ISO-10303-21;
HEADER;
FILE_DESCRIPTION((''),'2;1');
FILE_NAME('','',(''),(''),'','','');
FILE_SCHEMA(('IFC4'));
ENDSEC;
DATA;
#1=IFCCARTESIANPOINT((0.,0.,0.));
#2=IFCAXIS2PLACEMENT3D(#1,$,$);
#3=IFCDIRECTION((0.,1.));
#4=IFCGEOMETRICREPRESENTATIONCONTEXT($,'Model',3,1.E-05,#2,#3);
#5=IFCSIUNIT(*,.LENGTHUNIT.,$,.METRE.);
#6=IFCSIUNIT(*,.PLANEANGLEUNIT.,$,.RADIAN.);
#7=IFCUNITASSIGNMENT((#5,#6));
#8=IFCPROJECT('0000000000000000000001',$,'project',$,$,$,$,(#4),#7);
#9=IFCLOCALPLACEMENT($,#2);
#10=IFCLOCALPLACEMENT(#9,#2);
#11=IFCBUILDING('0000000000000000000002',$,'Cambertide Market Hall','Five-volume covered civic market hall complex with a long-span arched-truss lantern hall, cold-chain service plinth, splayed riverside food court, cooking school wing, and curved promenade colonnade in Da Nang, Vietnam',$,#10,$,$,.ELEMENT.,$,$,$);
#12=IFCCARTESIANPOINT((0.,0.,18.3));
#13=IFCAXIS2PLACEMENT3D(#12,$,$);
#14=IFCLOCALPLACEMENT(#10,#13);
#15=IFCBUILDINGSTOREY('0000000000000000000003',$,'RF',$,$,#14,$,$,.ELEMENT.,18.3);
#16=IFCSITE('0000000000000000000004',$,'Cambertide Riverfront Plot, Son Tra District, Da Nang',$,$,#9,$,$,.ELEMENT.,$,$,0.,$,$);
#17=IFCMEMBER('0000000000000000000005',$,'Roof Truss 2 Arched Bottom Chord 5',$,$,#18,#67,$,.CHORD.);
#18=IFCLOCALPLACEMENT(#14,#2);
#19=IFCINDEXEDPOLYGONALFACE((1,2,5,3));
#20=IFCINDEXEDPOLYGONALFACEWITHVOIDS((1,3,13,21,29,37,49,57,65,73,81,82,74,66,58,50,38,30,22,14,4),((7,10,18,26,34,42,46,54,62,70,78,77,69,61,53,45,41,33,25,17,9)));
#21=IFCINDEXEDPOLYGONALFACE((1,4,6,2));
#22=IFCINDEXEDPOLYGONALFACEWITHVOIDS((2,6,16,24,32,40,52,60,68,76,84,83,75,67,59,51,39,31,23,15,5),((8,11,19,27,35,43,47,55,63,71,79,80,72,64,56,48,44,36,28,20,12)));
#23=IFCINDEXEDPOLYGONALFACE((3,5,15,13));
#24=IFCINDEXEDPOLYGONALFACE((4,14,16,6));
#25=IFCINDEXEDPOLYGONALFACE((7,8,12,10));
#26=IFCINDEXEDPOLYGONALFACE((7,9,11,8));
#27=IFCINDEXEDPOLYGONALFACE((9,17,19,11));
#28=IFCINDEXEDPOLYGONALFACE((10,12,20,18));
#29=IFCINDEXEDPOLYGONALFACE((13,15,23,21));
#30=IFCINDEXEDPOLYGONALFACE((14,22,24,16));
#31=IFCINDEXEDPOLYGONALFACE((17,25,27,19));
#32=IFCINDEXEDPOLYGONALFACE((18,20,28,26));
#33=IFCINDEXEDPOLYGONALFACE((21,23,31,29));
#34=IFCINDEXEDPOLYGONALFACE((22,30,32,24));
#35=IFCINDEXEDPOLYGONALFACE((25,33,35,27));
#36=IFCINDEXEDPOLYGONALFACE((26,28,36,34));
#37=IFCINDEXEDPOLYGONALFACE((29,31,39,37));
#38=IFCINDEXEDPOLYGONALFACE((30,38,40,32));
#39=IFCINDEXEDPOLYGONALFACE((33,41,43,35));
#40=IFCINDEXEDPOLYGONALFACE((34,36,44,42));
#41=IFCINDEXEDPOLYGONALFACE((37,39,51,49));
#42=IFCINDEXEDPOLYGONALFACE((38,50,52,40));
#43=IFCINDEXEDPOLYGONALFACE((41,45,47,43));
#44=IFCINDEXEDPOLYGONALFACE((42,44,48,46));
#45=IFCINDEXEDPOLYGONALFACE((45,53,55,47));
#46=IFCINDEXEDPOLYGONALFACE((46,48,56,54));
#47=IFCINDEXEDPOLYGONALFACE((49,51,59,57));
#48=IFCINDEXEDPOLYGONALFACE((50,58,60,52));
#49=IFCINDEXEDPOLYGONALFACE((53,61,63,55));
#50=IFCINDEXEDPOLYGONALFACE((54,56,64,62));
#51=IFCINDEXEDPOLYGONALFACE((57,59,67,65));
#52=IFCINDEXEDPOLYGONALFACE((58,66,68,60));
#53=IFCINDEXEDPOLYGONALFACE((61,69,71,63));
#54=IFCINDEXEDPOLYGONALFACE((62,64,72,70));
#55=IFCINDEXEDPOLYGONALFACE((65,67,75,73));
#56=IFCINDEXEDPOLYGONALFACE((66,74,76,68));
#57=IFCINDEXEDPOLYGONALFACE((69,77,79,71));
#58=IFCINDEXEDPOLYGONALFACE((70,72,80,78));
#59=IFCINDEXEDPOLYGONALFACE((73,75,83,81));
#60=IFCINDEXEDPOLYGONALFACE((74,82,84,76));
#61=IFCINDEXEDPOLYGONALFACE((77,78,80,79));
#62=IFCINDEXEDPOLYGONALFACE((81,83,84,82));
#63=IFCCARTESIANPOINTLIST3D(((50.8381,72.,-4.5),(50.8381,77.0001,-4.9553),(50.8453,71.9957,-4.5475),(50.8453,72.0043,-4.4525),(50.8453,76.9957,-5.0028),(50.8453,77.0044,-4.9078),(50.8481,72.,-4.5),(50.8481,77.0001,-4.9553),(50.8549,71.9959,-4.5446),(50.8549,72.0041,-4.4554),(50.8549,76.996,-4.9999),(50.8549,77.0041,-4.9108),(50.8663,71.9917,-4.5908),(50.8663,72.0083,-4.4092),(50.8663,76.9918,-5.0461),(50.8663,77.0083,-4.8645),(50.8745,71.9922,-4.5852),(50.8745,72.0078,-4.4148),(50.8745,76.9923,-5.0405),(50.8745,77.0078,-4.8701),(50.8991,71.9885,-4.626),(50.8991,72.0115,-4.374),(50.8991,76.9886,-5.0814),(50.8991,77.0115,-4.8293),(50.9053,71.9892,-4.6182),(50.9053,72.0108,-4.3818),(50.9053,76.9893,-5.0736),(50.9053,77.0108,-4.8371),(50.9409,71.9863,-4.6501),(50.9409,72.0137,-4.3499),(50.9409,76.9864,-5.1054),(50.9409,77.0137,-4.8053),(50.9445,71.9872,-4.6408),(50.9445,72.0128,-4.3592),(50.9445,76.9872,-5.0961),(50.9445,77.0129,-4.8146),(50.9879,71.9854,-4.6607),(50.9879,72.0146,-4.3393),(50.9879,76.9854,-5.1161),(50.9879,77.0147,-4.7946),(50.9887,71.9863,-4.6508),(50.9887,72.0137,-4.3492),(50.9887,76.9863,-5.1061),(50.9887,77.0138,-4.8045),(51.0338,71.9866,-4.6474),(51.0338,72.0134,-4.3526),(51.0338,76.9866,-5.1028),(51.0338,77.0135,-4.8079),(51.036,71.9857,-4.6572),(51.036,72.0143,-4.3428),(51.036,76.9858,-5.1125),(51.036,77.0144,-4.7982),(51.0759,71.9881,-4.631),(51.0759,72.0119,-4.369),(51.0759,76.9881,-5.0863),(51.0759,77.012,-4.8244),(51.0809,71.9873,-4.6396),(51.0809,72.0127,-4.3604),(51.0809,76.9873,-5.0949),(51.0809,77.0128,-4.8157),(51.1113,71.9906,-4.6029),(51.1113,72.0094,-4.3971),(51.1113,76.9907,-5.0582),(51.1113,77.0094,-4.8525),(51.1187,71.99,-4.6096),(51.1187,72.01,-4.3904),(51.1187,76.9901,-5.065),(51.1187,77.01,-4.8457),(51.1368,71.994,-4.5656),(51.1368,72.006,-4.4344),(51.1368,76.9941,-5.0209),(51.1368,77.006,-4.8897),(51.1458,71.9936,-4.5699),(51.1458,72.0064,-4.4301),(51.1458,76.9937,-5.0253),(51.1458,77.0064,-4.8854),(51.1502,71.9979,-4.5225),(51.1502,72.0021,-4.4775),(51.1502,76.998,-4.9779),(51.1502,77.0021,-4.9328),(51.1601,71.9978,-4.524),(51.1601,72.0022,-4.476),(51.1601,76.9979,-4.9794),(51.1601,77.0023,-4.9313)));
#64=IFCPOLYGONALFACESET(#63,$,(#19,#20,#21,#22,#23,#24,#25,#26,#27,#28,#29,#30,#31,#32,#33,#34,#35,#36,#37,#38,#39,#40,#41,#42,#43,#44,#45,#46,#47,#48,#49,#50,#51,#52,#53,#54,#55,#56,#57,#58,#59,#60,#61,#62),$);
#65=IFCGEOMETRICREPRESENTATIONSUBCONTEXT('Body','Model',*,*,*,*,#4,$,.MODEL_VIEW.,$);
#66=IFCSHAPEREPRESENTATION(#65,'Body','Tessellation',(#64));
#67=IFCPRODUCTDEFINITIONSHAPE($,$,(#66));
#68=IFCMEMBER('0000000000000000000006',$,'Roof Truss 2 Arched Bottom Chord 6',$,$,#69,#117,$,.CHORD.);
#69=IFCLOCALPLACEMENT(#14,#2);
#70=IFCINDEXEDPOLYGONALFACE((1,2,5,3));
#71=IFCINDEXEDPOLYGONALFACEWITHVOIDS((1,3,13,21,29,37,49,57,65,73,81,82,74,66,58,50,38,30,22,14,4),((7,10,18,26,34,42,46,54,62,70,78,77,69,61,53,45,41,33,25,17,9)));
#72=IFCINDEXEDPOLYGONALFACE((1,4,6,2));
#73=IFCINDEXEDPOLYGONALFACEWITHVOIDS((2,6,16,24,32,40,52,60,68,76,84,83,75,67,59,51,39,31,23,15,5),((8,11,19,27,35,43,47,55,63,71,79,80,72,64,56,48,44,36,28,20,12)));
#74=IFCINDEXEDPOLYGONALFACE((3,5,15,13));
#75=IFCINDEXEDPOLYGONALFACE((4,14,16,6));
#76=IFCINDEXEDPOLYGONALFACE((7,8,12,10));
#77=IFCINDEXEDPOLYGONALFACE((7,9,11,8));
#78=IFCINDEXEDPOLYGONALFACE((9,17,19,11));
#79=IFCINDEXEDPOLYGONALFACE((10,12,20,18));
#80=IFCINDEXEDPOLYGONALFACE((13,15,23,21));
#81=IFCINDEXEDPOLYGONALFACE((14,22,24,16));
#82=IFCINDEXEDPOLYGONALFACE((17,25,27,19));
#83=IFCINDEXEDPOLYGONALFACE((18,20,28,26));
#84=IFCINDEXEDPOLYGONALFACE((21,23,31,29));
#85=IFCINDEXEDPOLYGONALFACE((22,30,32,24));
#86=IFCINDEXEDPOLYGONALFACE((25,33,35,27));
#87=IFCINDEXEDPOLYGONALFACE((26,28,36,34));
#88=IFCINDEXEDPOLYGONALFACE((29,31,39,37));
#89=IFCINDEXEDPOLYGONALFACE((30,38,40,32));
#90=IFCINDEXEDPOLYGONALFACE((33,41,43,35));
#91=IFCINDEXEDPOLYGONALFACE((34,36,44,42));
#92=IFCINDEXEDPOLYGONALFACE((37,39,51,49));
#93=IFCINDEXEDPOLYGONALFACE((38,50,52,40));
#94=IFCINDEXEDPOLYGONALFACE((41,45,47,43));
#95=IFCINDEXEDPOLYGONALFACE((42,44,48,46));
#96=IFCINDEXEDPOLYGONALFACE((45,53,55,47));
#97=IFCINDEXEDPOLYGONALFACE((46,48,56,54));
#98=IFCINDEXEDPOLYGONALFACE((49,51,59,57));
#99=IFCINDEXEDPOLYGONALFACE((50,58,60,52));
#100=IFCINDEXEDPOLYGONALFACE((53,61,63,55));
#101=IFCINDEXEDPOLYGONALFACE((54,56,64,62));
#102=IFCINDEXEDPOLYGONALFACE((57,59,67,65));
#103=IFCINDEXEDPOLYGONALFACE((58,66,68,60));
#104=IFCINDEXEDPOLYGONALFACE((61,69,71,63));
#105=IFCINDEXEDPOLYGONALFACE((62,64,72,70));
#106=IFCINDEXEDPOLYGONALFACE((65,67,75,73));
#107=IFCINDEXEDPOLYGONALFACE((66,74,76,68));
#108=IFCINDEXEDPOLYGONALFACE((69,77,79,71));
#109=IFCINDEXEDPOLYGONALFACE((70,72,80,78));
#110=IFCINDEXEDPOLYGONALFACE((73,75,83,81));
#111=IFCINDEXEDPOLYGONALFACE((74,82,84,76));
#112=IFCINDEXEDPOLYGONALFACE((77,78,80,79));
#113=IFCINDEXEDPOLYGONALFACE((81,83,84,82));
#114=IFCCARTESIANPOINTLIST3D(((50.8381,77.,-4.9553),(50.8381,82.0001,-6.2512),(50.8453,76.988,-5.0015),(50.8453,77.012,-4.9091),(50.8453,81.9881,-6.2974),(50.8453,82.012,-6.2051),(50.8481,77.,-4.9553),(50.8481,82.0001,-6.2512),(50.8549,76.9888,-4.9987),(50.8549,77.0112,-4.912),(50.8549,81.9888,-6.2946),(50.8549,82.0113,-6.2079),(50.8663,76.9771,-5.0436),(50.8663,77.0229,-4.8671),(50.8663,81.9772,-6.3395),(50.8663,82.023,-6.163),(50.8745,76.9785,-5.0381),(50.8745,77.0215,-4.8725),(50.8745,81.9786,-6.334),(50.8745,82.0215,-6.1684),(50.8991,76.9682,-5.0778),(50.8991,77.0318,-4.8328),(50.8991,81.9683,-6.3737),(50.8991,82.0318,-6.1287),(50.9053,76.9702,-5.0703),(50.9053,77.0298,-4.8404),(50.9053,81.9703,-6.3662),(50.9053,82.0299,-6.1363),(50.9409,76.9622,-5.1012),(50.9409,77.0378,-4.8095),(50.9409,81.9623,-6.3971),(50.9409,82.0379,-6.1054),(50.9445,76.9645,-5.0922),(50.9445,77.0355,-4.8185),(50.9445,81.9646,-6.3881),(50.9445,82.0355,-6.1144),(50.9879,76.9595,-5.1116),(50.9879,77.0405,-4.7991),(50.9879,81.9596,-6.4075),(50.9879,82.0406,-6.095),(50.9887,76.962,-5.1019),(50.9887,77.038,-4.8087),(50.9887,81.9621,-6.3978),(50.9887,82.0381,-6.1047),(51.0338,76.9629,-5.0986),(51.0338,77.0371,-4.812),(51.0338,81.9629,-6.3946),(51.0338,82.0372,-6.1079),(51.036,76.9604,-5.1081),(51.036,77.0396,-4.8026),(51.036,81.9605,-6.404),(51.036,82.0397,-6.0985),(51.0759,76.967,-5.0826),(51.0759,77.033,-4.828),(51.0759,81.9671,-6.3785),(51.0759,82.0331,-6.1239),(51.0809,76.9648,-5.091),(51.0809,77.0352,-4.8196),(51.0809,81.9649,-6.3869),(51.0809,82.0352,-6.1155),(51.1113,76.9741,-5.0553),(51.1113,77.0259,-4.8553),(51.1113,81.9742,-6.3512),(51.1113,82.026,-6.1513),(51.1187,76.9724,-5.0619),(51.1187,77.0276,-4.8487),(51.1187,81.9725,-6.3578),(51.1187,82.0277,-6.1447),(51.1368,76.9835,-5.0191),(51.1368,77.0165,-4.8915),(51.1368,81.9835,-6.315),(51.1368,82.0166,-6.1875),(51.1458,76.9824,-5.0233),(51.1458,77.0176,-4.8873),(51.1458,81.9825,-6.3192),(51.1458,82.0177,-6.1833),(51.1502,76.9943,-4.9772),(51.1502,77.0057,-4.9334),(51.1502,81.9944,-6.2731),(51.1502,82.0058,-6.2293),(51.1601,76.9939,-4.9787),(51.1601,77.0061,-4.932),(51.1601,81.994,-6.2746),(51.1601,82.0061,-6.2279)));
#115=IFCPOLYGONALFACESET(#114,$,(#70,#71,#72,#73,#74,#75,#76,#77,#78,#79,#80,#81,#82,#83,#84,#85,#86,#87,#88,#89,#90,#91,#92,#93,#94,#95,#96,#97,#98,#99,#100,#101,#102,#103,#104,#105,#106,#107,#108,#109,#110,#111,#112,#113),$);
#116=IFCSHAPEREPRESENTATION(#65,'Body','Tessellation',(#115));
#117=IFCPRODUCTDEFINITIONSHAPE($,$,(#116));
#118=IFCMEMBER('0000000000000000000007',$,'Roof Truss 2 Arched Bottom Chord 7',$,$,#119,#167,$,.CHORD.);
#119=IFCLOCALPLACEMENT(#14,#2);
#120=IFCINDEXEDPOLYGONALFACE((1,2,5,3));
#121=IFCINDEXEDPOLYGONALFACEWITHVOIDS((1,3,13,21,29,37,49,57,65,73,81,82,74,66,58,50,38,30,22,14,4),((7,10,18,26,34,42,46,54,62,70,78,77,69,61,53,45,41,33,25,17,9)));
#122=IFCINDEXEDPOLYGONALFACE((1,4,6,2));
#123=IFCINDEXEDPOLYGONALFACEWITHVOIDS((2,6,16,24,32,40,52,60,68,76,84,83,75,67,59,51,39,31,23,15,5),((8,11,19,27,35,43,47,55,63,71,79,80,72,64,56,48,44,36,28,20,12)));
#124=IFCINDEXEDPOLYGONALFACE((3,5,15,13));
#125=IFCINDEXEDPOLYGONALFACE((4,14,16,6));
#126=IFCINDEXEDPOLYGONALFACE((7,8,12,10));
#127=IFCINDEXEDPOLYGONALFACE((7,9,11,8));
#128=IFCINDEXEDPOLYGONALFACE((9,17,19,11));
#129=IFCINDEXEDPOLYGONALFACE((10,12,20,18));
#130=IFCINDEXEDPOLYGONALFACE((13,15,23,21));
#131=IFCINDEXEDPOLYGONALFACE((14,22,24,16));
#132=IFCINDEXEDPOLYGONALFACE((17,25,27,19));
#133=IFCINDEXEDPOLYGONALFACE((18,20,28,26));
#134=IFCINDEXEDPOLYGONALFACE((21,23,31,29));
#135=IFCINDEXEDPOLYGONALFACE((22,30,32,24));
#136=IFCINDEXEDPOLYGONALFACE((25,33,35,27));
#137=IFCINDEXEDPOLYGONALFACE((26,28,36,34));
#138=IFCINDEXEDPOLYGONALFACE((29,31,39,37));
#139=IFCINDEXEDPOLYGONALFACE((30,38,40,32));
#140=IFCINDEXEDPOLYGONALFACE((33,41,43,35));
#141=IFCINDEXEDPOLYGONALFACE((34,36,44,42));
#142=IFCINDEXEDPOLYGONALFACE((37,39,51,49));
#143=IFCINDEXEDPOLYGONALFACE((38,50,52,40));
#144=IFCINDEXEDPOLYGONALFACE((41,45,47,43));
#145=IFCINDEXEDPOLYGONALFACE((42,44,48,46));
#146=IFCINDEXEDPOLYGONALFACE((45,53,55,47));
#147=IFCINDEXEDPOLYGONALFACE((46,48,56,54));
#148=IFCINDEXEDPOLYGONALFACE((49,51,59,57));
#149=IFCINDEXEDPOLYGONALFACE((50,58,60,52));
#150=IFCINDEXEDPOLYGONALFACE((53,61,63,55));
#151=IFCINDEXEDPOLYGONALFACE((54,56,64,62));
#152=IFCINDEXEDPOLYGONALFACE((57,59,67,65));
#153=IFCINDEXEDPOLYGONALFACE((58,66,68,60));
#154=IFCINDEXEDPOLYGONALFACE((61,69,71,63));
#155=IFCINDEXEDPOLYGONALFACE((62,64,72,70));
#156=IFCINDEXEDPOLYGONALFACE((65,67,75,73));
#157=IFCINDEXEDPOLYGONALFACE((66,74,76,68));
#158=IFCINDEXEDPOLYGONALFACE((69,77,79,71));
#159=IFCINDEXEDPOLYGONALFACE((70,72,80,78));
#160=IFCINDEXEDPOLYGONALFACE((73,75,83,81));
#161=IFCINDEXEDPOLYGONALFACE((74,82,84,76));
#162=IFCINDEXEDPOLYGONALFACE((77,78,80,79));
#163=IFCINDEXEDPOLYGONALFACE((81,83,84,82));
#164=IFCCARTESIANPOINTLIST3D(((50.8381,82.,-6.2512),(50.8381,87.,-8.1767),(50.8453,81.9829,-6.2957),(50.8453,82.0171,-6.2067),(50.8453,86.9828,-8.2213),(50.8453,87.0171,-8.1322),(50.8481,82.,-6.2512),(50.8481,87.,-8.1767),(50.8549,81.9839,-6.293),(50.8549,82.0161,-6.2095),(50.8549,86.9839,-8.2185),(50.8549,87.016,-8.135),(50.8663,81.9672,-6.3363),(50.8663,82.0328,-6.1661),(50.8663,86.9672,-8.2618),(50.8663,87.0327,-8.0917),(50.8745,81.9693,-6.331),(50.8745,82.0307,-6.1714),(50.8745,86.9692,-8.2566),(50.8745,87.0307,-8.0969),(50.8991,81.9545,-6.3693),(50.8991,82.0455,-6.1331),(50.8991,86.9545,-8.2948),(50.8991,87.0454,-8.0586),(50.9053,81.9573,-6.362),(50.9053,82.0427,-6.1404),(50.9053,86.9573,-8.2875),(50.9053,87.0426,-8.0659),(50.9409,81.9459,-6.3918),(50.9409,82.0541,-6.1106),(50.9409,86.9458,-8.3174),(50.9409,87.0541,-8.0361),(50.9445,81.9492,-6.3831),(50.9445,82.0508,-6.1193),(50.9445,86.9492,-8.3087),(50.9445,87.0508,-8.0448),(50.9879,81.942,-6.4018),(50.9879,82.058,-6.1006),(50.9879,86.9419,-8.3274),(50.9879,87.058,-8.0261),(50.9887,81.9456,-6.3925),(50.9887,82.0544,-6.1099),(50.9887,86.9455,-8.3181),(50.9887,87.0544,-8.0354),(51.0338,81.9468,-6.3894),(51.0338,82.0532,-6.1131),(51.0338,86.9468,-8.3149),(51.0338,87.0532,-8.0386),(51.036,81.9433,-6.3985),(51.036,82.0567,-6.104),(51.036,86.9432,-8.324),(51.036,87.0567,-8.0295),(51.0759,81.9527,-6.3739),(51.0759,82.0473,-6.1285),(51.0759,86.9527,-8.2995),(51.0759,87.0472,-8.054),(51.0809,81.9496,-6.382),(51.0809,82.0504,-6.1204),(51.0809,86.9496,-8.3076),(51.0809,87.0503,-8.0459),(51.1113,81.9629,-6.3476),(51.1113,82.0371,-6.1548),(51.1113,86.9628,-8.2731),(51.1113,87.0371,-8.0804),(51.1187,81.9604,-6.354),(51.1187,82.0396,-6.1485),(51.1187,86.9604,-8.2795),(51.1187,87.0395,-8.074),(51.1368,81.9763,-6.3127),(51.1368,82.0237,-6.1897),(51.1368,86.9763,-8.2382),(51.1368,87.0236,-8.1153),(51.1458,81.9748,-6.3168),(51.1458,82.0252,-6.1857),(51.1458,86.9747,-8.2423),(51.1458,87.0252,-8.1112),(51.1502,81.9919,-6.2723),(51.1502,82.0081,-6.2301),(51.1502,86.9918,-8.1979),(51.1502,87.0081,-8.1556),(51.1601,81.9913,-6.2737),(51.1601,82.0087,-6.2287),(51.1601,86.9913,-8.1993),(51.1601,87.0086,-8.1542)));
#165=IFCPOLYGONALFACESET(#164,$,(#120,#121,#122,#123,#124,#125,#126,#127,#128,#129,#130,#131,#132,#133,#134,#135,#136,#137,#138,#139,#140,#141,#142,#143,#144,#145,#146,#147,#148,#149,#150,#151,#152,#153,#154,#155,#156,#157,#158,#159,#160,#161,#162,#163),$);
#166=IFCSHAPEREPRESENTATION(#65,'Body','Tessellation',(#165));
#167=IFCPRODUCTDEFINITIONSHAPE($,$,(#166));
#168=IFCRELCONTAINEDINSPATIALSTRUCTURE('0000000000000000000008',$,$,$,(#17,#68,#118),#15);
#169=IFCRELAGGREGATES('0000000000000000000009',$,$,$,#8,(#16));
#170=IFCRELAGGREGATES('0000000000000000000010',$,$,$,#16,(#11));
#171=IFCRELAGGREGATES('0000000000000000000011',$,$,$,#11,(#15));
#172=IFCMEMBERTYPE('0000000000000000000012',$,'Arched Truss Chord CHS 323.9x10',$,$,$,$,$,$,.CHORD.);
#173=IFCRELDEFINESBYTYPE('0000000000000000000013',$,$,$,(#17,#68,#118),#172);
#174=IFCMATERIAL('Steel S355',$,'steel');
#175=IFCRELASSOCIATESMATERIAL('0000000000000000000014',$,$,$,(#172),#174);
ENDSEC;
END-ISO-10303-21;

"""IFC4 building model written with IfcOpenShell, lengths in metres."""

from ifc_helpers import new_model, si_unit, direction, frame, origin, origin_2d, place, context, subcontext, project, spatial, hollow_circle, extrude, material, material_profile, profile_set, type_object, element, save


model = new_model("IFC4")

# Units and contexts
model_context = context("Model", 3, precision=1e-05, world=origin(), true_north=direction((0.0, 1.0)))
body_context = subcontext(model_context, "Body", "Model", "MODEL_VIEW")
ifc_project = project(units=[si_unit("LENGTHUNIT", "METRE"), si_unit("PLANEANGLEUNIT", "RADIAN")], contexts=[model_context])

# Site, building, storey
site_placement = place(None, origin())
site = spatial("IfcSite", under=ifc_project, at=site_placement, Name="Cambertide Riverfront Plot, Son Tra District, Da Nang", CompositionType="ELEMENT", RefElevation=0.0)
building_placement = place(site_placement, origin())
building = spatial("IfcBuilding", under=site, at=building_placement, Name="Cambertide Market Hall", Description="Five-volume covered civic market hall complex with a long-span arched-truss lantern hall, cold-chain service plinth, splayed riverside food court, cooking school wing, and curved promenade colonnade in Da Nang, Vietnam", CompositionType="ELEMENT")
storey_placement = place(building_placement, frame((0.0, 0.0, 18.3)))
storey = spatial("IfcBuildingStorey", under=building, at=storey_placement, Name="RF", CompositionType="ELEMENT", Elevation=18.3)

# Members
ifc_material_1 = material(Name="Steel S355", Category="steel")
ifc_material_profile_1 = material_profile(ifc_material_1, hollow_circle(Radius=0.1619, WallThickness=0.01, at=origin_2d()), Name="CHS 323.9x10")
ifc_profile_set_1 = profile_set([ifc_material_profile_1], Name="Steel S355")
member_type_1 = type_object("IfcMemberType", Name="Arched Truss Chord CHS 323.9x10", PredefinedType="CHORD", material=ifc_profile_set_1)
member_1_placement = place(storey_placement, frame((51.0, 72.0, -4.5), z_axis=(0.0, 0.995879, -0.090689), x_axis=(-1.0, 0.0, 0.0)))
element("IfcMember", 1, at=member_1_placement, inside=storey, type_object=member_type_1, Name="Roof Truss 2 Arched Bottom Chord 5", PredefinedType="CHORD", context=body_context, shape_type="SweptSolid", body=[
    extrude(hollow_circle(Radius=0.1619, WallThickness=0.01, at=origin_2d()), origin(), (0.0, 0.0, 1.0), 5.0208),
])
member_2_placement = place(storey_placement, frame((51.0, 77.0, -4.9553), z_axis=(0.0, 0.968016, -0.25089), x_axis=(-1.0, 0.0, 0.0)))
element("IfcMember", 2, at=member_2_placement, inside=storey, type_object=member_type_1, Name="Roof Truss 2 Arched Bottom Chord 6", PredefinedType="CHORD", context=body_context, shape_type="SweptSolid", body=[
    extrude(hollow_circle(Radius=0.1619, WallThickness=0.01, at=origin_2d()), origin(), (0.0, 0.0, 1.0), 5.1653),
])
member_3_placement = place(storey_placement, frame((51.0, 82.0, -6.2512), z_axis=(0.0, 0.933192, -0.359379), x_axis=(-1.0, 0.0, 0.0)))
element("IfcMember", 3, at=member_3_placement, inside=storey, type_object=member_type_1, Name="Roof Truss 2 Arched Bottom Chord 7", PredefinedType="CHORD", context=body_context, shape_type="SweptSolid", body=[
    extrude(hollow_circle(Radius=0.1619, WallThickness=0.01, at=origin_2d()), origin(), (0.0, 0.0, 1.0), 5.3579),
])

save(model, "model.ifc")
